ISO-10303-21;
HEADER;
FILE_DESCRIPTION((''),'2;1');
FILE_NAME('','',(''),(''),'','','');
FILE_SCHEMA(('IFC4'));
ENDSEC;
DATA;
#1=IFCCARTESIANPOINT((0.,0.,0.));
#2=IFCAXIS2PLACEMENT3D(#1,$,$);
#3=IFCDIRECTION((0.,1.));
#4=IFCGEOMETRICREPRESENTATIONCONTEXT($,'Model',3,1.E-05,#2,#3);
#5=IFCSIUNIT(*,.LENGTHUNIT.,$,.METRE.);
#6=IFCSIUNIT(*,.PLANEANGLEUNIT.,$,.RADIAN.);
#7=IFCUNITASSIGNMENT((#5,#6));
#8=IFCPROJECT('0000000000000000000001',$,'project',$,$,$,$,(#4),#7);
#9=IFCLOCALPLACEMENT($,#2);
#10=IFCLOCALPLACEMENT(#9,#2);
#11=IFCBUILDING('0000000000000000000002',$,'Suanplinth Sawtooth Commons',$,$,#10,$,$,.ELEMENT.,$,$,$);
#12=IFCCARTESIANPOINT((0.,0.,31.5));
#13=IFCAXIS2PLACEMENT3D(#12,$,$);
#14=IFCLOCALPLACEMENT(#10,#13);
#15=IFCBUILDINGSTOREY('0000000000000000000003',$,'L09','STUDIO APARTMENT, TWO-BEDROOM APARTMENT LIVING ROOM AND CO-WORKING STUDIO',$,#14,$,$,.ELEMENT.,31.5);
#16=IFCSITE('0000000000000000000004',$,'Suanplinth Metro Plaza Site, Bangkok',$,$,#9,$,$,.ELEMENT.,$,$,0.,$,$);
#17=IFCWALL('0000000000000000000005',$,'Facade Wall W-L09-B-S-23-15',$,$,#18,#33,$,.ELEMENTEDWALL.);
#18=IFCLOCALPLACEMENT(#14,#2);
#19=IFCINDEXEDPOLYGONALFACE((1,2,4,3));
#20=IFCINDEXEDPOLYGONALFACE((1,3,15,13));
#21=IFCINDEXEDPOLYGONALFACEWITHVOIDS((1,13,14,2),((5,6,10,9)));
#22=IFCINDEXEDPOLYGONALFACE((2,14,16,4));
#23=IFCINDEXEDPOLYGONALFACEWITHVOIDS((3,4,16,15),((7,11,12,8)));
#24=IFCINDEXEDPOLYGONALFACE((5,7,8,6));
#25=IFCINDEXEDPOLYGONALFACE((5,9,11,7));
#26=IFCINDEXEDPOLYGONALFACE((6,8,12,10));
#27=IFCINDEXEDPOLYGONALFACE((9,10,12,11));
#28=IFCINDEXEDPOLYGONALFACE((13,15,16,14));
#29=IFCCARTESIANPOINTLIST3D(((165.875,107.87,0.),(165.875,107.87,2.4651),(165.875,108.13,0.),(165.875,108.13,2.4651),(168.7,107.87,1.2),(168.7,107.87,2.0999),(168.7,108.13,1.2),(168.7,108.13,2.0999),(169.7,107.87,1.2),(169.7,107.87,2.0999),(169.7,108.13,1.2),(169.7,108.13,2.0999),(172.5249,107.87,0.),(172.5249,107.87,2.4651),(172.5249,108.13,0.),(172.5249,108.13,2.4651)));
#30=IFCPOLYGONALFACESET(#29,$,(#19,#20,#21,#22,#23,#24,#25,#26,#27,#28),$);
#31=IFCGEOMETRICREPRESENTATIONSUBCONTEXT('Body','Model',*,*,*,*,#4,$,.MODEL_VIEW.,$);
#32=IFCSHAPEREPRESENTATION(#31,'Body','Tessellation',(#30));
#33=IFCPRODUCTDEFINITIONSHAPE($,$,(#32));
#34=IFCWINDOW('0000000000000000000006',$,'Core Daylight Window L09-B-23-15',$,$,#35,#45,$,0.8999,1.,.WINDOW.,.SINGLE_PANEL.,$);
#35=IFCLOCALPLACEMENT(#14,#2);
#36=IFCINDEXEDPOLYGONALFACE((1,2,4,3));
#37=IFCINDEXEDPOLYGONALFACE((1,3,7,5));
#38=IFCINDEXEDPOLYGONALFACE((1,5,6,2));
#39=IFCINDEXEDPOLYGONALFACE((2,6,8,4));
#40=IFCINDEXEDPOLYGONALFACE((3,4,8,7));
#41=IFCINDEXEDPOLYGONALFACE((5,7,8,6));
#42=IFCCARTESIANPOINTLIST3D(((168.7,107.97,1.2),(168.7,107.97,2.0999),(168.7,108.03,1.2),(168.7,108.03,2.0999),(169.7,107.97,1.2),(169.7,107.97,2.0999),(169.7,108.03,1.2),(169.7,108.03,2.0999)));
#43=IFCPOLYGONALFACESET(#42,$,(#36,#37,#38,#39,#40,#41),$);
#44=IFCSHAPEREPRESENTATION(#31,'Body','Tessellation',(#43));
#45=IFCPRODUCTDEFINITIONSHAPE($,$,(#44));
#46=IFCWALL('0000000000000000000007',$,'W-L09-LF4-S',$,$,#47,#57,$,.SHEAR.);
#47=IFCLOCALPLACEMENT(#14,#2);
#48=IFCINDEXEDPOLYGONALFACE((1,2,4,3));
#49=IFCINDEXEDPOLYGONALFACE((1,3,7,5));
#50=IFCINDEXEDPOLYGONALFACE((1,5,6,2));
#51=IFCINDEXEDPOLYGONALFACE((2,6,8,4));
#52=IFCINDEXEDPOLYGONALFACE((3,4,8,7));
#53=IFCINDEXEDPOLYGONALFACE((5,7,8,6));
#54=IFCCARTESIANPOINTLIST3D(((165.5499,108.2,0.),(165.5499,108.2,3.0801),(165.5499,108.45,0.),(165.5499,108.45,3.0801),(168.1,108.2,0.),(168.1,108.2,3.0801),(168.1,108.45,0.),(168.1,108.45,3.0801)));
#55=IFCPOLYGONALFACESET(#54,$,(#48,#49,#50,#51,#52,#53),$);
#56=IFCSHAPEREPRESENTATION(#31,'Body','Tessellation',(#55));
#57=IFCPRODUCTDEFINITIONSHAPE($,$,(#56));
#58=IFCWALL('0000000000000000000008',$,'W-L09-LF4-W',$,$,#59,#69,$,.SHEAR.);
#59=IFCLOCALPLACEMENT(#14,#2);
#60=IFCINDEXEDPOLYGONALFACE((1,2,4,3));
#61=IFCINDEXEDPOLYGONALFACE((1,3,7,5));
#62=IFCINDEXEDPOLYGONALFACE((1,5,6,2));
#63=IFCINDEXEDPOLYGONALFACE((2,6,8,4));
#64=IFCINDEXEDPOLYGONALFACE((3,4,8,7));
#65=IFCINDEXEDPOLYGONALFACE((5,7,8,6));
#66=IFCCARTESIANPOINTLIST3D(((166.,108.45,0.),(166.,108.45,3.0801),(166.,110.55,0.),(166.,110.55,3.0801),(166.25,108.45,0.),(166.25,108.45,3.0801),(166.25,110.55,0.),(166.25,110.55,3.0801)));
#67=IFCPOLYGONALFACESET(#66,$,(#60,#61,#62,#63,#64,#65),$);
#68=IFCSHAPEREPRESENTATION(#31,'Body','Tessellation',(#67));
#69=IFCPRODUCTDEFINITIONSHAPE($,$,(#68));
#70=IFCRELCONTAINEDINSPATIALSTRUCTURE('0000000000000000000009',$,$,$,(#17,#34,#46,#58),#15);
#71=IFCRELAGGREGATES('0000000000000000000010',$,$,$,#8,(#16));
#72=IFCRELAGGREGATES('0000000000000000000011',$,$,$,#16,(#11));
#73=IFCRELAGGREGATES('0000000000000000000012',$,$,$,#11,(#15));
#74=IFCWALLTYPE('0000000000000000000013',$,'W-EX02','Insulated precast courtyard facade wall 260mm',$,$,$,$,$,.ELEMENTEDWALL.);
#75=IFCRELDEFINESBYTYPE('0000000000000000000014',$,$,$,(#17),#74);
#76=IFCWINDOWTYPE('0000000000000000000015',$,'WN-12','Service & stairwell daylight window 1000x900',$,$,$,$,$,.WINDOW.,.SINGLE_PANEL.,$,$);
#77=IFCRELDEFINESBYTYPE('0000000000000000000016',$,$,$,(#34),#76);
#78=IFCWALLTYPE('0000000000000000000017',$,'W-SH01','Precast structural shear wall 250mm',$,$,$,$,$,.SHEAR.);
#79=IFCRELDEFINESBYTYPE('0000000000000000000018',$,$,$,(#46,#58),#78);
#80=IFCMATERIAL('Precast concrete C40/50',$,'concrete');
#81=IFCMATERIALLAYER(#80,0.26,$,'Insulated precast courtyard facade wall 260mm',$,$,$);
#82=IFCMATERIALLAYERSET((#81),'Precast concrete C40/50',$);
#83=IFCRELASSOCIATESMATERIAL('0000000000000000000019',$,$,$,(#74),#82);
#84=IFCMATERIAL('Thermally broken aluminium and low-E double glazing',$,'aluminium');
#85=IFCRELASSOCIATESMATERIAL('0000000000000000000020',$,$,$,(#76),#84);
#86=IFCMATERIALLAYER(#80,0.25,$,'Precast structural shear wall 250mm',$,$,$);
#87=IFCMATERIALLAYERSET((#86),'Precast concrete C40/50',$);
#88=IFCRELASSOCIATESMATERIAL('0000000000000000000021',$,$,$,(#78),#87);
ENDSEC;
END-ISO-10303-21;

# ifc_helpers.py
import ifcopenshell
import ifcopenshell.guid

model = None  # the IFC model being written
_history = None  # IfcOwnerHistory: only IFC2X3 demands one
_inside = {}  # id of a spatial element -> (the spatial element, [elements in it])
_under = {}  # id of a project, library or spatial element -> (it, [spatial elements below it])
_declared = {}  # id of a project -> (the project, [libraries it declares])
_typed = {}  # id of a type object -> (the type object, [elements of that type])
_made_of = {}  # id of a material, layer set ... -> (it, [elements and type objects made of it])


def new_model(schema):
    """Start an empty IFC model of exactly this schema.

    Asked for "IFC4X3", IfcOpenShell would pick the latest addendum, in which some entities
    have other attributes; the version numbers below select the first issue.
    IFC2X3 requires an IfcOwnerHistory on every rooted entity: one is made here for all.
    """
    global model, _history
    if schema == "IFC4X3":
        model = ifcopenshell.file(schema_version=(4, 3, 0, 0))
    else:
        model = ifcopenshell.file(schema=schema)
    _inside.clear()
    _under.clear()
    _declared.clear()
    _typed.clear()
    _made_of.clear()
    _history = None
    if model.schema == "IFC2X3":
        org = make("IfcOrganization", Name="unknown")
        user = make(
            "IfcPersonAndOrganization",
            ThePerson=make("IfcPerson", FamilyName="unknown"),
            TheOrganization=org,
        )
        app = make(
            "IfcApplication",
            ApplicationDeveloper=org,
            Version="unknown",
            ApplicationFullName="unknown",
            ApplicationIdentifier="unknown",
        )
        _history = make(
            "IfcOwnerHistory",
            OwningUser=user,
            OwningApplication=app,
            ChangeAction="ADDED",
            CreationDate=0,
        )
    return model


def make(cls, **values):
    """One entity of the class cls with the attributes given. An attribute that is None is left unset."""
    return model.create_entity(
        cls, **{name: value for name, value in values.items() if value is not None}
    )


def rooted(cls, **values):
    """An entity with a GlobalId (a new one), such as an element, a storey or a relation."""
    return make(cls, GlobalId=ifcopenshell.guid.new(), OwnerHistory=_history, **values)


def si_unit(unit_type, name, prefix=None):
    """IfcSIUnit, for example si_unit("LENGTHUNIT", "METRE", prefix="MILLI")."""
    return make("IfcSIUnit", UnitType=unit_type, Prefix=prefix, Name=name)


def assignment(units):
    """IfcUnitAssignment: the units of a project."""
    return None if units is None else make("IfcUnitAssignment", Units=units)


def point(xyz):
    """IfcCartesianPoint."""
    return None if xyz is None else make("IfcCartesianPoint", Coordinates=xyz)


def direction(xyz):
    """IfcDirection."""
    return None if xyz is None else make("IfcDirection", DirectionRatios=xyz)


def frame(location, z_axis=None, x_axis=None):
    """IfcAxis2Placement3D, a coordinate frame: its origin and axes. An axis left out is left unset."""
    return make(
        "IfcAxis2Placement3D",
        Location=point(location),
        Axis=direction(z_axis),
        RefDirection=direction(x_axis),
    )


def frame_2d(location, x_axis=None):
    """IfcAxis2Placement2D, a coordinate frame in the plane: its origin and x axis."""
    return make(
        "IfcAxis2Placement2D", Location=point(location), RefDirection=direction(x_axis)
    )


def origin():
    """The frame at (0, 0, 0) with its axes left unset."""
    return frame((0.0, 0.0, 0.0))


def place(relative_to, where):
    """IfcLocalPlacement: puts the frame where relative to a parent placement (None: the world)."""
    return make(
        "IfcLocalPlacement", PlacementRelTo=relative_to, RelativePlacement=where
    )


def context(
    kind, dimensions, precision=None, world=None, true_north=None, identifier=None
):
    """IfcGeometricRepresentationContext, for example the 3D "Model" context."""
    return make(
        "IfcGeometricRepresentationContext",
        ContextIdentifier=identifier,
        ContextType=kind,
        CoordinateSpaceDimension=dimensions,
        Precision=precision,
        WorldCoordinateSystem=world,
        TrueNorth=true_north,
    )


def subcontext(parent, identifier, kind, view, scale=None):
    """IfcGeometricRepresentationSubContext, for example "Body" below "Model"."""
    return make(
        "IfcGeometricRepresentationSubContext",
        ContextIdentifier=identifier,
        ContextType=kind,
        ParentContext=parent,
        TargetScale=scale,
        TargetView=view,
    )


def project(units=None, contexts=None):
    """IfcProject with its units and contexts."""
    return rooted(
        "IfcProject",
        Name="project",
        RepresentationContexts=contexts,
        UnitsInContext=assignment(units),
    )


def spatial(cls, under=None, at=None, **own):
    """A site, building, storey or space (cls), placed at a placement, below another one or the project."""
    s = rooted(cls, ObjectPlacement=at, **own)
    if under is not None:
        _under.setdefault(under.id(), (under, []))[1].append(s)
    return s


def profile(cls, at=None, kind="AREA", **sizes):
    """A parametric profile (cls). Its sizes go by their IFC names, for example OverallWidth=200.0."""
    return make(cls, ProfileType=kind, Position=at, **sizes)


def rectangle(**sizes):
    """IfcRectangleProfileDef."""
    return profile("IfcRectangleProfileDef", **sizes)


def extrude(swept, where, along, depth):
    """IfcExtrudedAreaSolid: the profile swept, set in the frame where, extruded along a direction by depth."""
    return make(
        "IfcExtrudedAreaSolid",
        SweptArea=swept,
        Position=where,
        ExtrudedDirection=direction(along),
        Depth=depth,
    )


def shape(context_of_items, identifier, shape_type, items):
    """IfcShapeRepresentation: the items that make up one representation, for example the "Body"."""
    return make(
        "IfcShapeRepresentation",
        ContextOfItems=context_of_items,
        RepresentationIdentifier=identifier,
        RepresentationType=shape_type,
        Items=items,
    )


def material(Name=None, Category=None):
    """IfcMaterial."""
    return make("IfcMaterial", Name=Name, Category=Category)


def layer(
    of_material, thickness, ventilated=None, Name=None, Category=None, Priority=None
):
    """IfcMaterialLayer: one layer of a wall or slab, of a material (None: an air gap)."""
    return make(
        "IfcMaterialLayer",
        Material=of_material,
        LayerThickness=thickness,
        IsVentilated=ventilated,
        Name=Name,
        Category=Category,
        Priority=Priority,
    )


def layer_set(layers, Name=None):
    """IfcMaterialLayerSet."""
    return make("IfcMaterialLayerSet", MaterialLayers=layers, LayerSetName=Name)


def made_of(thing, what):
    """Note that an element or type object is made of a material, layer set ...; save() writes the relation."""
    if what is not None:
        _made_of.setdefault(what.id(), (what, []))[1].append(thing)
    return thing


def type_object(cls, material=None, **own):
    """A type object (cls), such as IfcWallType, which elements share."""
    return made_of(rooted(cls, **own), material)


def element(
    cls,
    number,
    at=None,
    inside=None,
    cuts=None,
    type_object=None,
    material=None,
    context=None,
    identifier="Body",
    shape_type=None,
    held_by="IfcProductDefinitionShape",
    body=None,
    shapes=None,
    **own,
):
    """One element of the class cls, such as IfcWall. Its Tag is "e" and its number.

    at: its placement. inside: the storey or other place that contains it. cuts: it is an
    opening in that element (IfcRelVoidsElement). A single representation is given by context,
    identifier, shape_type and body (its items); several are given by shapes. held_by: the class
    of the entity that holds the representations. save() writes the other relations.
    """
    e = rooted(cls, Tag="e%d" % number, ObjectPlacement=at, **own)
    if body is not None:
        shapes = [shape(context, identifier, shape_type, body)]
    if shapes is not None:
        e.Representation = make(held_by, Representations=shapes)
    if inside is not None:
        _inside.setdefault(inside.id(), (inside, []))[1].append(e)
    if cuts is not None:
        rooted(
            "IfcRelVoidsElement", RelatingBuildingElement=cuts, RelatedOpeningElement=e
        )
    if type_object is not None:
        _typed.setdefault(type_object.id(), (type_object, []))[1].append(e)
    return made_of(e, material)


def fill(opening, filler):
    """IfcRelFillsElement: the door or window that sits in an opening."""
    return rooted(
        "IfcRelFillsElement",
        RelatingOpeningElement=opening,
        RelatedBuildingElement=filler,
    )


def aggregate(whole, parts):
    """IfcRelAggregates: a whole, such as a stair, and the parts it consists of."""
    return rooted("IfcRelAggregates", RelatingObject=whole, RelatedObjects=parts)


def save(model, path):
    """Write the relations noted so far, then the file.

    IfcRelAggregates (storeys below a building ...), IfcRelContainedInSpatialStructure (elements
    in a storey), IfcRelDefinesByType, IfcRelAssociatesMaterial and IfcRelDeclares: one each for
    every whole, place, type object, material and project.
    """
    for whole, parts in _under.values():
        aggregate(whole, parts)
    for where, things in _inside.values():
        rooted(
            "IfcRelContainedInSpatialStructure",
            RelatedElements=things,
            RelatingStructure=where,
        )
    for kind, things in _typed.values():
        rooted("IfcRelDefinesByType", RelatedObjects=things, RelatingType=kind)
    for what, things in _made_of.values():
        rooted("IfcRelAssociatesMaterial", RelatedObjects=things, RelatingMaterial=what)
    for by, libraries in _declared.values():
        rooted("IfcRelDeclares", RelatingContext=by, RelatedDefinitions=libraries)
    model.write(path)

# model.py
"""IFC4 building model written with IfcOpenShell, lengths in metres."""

from ifc_helpers import new_model, si_unit, direction, frame, frame_2d, origin, place, context, subcontext, project, spatial, rectangle, extrude, material, layer, layer_set, type_object, element, fill, save


model = new_model("IFC4")

# Units and contexts
model_context = context("Model", 3, precision=1e-05, world=origin(), true_north=direction((0.0, 1.0)))
body_context = subcontext(model_context, "Body", "Model", "MODEL_VIEW")
ifc_project = project(units=[si_unit("LENGTHUNIT", "METRE"), si_unit("PLANEANGLEUNIT", "RADIAN")], contexts=[model_context])

# Site, building, storey
site_placement = place(None, origin())
site = spatial("IfcSite", under=ifc_project, at=site_placement, Name="Suanplinth Metro Plaza Site, Bangkok", CompositionType="ELEMENT", RefElevation=0.0)
building_placement = place(site_placement, origin())
building = spatial("IfcBuilding", under=site, at=building_placement, Name="Suanplinth Sawtooth Commons", CompositionType="ELEMENT")
storey_placement = place(building_placement, frame((0.0, 0.0, 31.5)))
storey = spatial("IfcBuildingStorey", under=building, at=storey_placement, Name="L09", Description="STUDIO APARTMENT, TWO-BEDROOM APARTMENT LIVING ROOM AND CO-WORKING STUDIO", CompositionType="ELEMENT", Elevation=31.5)

# Shared definitions
ifc_material_1 = material(Name="Precast concrete C40/50", Category="concrete")

# Wall, opening, window
ifc_layer_1 = layer(ifc_material_1, 0.26, Name="Insulated precast courtyard facade wall 260mm")
ifc_layer_set_1 = layer_set([ifc_layer_1], Name="Precast concrete C40/50")
wall_type_1 = type_object("IfcWallType", Name="W-EX02", Description="Insulated precast courtyard facade wall 260mm", PredefinedType="ELEMENTEDWALL", material=ifc_layer_set_1)
wall_1_placement = place(storey_placement, frame((165.875, 108.0, 0.0), z_axis=(0.0, 0.0, 1.0), x_axis=(1.0, 0.0, 0.0)))
wall_1 = element("IfcWall", 1, at=wall_1_placement, inside=storey, type_object=wall_type_1, Name="Facade Wall W-L09-B-S-23-15", PredefinedType="ELEMENTEDWALL", context=body_context, shape_type="SweptSolid", body=[
    extrude(rectangle(XDim=6.6499, YDim=0.26, at=frame_2d((3.325, 0.0))), origin(), (0.0, 0.0, 1.0), 2.4651),
])
opening_placement = place(wall_1_placement, frame((2.825, 0.0, 1.2)))
opening = element("IfcOpeningElement", 2, at=opening_placement, cuts=wall_1, PredefinedType="OPENING", context=body_context, shape_type="SweptSolid", body=[
    extrude(rectangle(XDim=1.0, YDim=0.8999, at=frame_2d((0.5, 0.45))), frame((0.0, 0.145, 0.0), z_axis=(0.0, -1.0, 0.0), x_axis=(1.0, 0.0, 0.0)), (0.0, 0.0, 1.0), 0.2898),
])
ifc_material_2 = material(Name="Thermally broken aluminium and low-E double glazing", Category="aluminium")
window_type = type_object("IfcWindowType", Name="WN-12", Description="Service & stairwell daylight window 1000x900", PartitioningType="SINGLE_PANEL", PredefinedType="WINDOW", material=ifc_material_2)
window_placement = place(opening_placement, origin())
window = element("IfcWindow", 3, at=window_placement, inside=storey, type_object=window_type, Name="Core Daylight Window L09-B-23-15", OverallHeight=0.8999, OverallWidth=1.0, PartitioningType="SINGLE_PANEL", PredefinedType="WINDOW", context=body_context, shape_type="SweptSolid", body=[
    extrude(rectangle(XDim=1.0, YDim=0.8999, at=frame_2d((0.5, 0.45))), frame((0.0, 0.03, 0.0), z_axis=(0.0, -1.0, 0.0), x_axis=(1.0, 0.0, 0.0)), (0.0, 0.0, 1.0), 0.0601),
])
fill(opening, window)

# Walls
ifc_layer_2 = layer(ifc_material_1, 0.25, Name="Precast structural shear wall 250mm")
ifc_layer_set_2 = layer_set([ifc_layer_2], Name="Precast concrete C40/50")
wall_type_2 = type_object("IfcWallType", Name="W-SH01", Description="Precast structural shear wall 250mm", PredefinedType="SHEAR", material=ifc_layer_set_2)
wall_2_placement = place(storey_placement, frame((165.55, 108.325, 0.0), z_axis=(0.0, 0.0, 1.0), x_axis=(1.0, 0.0, 0.0)))
element("IfcWall", 4, at=wall_2_placement, inside=storey, type_object=wall_type_2, Name="W-L09-LF4-S", PredefinedType="SHEAR", context=body_context, shape_type="SweptSolid", body=[
    extrude(rectangle(XDim=2.55, YDim=0.25, at=frame_2d((1.2749, 0.0))), origin(), (0.0, 0.0, 1.0), 3.0801),
])
wall_3_placement = place(storey_placement, frame((166.125, 108.45, 0.0), z_axis=(0.0, 0.0, 1.0), x_axis=(0.0, 1.0, 0.0)))
element("IfcWall", 5, at=wall_3_placement, inside=storey, type_object=wall_type_2, Name="W-L09-LF4-W", PredefinedType="SHEAR", context=body_context, shape_type="SweptSolid", body=[
    extrude(rectangle(XDim=2.1001, YDim=0.25, at=frame_2d((1.05, 0.0))), origin(), (0.0, 0.0, 1.0), 3.0801),
])

save(model, "model.ifc")
